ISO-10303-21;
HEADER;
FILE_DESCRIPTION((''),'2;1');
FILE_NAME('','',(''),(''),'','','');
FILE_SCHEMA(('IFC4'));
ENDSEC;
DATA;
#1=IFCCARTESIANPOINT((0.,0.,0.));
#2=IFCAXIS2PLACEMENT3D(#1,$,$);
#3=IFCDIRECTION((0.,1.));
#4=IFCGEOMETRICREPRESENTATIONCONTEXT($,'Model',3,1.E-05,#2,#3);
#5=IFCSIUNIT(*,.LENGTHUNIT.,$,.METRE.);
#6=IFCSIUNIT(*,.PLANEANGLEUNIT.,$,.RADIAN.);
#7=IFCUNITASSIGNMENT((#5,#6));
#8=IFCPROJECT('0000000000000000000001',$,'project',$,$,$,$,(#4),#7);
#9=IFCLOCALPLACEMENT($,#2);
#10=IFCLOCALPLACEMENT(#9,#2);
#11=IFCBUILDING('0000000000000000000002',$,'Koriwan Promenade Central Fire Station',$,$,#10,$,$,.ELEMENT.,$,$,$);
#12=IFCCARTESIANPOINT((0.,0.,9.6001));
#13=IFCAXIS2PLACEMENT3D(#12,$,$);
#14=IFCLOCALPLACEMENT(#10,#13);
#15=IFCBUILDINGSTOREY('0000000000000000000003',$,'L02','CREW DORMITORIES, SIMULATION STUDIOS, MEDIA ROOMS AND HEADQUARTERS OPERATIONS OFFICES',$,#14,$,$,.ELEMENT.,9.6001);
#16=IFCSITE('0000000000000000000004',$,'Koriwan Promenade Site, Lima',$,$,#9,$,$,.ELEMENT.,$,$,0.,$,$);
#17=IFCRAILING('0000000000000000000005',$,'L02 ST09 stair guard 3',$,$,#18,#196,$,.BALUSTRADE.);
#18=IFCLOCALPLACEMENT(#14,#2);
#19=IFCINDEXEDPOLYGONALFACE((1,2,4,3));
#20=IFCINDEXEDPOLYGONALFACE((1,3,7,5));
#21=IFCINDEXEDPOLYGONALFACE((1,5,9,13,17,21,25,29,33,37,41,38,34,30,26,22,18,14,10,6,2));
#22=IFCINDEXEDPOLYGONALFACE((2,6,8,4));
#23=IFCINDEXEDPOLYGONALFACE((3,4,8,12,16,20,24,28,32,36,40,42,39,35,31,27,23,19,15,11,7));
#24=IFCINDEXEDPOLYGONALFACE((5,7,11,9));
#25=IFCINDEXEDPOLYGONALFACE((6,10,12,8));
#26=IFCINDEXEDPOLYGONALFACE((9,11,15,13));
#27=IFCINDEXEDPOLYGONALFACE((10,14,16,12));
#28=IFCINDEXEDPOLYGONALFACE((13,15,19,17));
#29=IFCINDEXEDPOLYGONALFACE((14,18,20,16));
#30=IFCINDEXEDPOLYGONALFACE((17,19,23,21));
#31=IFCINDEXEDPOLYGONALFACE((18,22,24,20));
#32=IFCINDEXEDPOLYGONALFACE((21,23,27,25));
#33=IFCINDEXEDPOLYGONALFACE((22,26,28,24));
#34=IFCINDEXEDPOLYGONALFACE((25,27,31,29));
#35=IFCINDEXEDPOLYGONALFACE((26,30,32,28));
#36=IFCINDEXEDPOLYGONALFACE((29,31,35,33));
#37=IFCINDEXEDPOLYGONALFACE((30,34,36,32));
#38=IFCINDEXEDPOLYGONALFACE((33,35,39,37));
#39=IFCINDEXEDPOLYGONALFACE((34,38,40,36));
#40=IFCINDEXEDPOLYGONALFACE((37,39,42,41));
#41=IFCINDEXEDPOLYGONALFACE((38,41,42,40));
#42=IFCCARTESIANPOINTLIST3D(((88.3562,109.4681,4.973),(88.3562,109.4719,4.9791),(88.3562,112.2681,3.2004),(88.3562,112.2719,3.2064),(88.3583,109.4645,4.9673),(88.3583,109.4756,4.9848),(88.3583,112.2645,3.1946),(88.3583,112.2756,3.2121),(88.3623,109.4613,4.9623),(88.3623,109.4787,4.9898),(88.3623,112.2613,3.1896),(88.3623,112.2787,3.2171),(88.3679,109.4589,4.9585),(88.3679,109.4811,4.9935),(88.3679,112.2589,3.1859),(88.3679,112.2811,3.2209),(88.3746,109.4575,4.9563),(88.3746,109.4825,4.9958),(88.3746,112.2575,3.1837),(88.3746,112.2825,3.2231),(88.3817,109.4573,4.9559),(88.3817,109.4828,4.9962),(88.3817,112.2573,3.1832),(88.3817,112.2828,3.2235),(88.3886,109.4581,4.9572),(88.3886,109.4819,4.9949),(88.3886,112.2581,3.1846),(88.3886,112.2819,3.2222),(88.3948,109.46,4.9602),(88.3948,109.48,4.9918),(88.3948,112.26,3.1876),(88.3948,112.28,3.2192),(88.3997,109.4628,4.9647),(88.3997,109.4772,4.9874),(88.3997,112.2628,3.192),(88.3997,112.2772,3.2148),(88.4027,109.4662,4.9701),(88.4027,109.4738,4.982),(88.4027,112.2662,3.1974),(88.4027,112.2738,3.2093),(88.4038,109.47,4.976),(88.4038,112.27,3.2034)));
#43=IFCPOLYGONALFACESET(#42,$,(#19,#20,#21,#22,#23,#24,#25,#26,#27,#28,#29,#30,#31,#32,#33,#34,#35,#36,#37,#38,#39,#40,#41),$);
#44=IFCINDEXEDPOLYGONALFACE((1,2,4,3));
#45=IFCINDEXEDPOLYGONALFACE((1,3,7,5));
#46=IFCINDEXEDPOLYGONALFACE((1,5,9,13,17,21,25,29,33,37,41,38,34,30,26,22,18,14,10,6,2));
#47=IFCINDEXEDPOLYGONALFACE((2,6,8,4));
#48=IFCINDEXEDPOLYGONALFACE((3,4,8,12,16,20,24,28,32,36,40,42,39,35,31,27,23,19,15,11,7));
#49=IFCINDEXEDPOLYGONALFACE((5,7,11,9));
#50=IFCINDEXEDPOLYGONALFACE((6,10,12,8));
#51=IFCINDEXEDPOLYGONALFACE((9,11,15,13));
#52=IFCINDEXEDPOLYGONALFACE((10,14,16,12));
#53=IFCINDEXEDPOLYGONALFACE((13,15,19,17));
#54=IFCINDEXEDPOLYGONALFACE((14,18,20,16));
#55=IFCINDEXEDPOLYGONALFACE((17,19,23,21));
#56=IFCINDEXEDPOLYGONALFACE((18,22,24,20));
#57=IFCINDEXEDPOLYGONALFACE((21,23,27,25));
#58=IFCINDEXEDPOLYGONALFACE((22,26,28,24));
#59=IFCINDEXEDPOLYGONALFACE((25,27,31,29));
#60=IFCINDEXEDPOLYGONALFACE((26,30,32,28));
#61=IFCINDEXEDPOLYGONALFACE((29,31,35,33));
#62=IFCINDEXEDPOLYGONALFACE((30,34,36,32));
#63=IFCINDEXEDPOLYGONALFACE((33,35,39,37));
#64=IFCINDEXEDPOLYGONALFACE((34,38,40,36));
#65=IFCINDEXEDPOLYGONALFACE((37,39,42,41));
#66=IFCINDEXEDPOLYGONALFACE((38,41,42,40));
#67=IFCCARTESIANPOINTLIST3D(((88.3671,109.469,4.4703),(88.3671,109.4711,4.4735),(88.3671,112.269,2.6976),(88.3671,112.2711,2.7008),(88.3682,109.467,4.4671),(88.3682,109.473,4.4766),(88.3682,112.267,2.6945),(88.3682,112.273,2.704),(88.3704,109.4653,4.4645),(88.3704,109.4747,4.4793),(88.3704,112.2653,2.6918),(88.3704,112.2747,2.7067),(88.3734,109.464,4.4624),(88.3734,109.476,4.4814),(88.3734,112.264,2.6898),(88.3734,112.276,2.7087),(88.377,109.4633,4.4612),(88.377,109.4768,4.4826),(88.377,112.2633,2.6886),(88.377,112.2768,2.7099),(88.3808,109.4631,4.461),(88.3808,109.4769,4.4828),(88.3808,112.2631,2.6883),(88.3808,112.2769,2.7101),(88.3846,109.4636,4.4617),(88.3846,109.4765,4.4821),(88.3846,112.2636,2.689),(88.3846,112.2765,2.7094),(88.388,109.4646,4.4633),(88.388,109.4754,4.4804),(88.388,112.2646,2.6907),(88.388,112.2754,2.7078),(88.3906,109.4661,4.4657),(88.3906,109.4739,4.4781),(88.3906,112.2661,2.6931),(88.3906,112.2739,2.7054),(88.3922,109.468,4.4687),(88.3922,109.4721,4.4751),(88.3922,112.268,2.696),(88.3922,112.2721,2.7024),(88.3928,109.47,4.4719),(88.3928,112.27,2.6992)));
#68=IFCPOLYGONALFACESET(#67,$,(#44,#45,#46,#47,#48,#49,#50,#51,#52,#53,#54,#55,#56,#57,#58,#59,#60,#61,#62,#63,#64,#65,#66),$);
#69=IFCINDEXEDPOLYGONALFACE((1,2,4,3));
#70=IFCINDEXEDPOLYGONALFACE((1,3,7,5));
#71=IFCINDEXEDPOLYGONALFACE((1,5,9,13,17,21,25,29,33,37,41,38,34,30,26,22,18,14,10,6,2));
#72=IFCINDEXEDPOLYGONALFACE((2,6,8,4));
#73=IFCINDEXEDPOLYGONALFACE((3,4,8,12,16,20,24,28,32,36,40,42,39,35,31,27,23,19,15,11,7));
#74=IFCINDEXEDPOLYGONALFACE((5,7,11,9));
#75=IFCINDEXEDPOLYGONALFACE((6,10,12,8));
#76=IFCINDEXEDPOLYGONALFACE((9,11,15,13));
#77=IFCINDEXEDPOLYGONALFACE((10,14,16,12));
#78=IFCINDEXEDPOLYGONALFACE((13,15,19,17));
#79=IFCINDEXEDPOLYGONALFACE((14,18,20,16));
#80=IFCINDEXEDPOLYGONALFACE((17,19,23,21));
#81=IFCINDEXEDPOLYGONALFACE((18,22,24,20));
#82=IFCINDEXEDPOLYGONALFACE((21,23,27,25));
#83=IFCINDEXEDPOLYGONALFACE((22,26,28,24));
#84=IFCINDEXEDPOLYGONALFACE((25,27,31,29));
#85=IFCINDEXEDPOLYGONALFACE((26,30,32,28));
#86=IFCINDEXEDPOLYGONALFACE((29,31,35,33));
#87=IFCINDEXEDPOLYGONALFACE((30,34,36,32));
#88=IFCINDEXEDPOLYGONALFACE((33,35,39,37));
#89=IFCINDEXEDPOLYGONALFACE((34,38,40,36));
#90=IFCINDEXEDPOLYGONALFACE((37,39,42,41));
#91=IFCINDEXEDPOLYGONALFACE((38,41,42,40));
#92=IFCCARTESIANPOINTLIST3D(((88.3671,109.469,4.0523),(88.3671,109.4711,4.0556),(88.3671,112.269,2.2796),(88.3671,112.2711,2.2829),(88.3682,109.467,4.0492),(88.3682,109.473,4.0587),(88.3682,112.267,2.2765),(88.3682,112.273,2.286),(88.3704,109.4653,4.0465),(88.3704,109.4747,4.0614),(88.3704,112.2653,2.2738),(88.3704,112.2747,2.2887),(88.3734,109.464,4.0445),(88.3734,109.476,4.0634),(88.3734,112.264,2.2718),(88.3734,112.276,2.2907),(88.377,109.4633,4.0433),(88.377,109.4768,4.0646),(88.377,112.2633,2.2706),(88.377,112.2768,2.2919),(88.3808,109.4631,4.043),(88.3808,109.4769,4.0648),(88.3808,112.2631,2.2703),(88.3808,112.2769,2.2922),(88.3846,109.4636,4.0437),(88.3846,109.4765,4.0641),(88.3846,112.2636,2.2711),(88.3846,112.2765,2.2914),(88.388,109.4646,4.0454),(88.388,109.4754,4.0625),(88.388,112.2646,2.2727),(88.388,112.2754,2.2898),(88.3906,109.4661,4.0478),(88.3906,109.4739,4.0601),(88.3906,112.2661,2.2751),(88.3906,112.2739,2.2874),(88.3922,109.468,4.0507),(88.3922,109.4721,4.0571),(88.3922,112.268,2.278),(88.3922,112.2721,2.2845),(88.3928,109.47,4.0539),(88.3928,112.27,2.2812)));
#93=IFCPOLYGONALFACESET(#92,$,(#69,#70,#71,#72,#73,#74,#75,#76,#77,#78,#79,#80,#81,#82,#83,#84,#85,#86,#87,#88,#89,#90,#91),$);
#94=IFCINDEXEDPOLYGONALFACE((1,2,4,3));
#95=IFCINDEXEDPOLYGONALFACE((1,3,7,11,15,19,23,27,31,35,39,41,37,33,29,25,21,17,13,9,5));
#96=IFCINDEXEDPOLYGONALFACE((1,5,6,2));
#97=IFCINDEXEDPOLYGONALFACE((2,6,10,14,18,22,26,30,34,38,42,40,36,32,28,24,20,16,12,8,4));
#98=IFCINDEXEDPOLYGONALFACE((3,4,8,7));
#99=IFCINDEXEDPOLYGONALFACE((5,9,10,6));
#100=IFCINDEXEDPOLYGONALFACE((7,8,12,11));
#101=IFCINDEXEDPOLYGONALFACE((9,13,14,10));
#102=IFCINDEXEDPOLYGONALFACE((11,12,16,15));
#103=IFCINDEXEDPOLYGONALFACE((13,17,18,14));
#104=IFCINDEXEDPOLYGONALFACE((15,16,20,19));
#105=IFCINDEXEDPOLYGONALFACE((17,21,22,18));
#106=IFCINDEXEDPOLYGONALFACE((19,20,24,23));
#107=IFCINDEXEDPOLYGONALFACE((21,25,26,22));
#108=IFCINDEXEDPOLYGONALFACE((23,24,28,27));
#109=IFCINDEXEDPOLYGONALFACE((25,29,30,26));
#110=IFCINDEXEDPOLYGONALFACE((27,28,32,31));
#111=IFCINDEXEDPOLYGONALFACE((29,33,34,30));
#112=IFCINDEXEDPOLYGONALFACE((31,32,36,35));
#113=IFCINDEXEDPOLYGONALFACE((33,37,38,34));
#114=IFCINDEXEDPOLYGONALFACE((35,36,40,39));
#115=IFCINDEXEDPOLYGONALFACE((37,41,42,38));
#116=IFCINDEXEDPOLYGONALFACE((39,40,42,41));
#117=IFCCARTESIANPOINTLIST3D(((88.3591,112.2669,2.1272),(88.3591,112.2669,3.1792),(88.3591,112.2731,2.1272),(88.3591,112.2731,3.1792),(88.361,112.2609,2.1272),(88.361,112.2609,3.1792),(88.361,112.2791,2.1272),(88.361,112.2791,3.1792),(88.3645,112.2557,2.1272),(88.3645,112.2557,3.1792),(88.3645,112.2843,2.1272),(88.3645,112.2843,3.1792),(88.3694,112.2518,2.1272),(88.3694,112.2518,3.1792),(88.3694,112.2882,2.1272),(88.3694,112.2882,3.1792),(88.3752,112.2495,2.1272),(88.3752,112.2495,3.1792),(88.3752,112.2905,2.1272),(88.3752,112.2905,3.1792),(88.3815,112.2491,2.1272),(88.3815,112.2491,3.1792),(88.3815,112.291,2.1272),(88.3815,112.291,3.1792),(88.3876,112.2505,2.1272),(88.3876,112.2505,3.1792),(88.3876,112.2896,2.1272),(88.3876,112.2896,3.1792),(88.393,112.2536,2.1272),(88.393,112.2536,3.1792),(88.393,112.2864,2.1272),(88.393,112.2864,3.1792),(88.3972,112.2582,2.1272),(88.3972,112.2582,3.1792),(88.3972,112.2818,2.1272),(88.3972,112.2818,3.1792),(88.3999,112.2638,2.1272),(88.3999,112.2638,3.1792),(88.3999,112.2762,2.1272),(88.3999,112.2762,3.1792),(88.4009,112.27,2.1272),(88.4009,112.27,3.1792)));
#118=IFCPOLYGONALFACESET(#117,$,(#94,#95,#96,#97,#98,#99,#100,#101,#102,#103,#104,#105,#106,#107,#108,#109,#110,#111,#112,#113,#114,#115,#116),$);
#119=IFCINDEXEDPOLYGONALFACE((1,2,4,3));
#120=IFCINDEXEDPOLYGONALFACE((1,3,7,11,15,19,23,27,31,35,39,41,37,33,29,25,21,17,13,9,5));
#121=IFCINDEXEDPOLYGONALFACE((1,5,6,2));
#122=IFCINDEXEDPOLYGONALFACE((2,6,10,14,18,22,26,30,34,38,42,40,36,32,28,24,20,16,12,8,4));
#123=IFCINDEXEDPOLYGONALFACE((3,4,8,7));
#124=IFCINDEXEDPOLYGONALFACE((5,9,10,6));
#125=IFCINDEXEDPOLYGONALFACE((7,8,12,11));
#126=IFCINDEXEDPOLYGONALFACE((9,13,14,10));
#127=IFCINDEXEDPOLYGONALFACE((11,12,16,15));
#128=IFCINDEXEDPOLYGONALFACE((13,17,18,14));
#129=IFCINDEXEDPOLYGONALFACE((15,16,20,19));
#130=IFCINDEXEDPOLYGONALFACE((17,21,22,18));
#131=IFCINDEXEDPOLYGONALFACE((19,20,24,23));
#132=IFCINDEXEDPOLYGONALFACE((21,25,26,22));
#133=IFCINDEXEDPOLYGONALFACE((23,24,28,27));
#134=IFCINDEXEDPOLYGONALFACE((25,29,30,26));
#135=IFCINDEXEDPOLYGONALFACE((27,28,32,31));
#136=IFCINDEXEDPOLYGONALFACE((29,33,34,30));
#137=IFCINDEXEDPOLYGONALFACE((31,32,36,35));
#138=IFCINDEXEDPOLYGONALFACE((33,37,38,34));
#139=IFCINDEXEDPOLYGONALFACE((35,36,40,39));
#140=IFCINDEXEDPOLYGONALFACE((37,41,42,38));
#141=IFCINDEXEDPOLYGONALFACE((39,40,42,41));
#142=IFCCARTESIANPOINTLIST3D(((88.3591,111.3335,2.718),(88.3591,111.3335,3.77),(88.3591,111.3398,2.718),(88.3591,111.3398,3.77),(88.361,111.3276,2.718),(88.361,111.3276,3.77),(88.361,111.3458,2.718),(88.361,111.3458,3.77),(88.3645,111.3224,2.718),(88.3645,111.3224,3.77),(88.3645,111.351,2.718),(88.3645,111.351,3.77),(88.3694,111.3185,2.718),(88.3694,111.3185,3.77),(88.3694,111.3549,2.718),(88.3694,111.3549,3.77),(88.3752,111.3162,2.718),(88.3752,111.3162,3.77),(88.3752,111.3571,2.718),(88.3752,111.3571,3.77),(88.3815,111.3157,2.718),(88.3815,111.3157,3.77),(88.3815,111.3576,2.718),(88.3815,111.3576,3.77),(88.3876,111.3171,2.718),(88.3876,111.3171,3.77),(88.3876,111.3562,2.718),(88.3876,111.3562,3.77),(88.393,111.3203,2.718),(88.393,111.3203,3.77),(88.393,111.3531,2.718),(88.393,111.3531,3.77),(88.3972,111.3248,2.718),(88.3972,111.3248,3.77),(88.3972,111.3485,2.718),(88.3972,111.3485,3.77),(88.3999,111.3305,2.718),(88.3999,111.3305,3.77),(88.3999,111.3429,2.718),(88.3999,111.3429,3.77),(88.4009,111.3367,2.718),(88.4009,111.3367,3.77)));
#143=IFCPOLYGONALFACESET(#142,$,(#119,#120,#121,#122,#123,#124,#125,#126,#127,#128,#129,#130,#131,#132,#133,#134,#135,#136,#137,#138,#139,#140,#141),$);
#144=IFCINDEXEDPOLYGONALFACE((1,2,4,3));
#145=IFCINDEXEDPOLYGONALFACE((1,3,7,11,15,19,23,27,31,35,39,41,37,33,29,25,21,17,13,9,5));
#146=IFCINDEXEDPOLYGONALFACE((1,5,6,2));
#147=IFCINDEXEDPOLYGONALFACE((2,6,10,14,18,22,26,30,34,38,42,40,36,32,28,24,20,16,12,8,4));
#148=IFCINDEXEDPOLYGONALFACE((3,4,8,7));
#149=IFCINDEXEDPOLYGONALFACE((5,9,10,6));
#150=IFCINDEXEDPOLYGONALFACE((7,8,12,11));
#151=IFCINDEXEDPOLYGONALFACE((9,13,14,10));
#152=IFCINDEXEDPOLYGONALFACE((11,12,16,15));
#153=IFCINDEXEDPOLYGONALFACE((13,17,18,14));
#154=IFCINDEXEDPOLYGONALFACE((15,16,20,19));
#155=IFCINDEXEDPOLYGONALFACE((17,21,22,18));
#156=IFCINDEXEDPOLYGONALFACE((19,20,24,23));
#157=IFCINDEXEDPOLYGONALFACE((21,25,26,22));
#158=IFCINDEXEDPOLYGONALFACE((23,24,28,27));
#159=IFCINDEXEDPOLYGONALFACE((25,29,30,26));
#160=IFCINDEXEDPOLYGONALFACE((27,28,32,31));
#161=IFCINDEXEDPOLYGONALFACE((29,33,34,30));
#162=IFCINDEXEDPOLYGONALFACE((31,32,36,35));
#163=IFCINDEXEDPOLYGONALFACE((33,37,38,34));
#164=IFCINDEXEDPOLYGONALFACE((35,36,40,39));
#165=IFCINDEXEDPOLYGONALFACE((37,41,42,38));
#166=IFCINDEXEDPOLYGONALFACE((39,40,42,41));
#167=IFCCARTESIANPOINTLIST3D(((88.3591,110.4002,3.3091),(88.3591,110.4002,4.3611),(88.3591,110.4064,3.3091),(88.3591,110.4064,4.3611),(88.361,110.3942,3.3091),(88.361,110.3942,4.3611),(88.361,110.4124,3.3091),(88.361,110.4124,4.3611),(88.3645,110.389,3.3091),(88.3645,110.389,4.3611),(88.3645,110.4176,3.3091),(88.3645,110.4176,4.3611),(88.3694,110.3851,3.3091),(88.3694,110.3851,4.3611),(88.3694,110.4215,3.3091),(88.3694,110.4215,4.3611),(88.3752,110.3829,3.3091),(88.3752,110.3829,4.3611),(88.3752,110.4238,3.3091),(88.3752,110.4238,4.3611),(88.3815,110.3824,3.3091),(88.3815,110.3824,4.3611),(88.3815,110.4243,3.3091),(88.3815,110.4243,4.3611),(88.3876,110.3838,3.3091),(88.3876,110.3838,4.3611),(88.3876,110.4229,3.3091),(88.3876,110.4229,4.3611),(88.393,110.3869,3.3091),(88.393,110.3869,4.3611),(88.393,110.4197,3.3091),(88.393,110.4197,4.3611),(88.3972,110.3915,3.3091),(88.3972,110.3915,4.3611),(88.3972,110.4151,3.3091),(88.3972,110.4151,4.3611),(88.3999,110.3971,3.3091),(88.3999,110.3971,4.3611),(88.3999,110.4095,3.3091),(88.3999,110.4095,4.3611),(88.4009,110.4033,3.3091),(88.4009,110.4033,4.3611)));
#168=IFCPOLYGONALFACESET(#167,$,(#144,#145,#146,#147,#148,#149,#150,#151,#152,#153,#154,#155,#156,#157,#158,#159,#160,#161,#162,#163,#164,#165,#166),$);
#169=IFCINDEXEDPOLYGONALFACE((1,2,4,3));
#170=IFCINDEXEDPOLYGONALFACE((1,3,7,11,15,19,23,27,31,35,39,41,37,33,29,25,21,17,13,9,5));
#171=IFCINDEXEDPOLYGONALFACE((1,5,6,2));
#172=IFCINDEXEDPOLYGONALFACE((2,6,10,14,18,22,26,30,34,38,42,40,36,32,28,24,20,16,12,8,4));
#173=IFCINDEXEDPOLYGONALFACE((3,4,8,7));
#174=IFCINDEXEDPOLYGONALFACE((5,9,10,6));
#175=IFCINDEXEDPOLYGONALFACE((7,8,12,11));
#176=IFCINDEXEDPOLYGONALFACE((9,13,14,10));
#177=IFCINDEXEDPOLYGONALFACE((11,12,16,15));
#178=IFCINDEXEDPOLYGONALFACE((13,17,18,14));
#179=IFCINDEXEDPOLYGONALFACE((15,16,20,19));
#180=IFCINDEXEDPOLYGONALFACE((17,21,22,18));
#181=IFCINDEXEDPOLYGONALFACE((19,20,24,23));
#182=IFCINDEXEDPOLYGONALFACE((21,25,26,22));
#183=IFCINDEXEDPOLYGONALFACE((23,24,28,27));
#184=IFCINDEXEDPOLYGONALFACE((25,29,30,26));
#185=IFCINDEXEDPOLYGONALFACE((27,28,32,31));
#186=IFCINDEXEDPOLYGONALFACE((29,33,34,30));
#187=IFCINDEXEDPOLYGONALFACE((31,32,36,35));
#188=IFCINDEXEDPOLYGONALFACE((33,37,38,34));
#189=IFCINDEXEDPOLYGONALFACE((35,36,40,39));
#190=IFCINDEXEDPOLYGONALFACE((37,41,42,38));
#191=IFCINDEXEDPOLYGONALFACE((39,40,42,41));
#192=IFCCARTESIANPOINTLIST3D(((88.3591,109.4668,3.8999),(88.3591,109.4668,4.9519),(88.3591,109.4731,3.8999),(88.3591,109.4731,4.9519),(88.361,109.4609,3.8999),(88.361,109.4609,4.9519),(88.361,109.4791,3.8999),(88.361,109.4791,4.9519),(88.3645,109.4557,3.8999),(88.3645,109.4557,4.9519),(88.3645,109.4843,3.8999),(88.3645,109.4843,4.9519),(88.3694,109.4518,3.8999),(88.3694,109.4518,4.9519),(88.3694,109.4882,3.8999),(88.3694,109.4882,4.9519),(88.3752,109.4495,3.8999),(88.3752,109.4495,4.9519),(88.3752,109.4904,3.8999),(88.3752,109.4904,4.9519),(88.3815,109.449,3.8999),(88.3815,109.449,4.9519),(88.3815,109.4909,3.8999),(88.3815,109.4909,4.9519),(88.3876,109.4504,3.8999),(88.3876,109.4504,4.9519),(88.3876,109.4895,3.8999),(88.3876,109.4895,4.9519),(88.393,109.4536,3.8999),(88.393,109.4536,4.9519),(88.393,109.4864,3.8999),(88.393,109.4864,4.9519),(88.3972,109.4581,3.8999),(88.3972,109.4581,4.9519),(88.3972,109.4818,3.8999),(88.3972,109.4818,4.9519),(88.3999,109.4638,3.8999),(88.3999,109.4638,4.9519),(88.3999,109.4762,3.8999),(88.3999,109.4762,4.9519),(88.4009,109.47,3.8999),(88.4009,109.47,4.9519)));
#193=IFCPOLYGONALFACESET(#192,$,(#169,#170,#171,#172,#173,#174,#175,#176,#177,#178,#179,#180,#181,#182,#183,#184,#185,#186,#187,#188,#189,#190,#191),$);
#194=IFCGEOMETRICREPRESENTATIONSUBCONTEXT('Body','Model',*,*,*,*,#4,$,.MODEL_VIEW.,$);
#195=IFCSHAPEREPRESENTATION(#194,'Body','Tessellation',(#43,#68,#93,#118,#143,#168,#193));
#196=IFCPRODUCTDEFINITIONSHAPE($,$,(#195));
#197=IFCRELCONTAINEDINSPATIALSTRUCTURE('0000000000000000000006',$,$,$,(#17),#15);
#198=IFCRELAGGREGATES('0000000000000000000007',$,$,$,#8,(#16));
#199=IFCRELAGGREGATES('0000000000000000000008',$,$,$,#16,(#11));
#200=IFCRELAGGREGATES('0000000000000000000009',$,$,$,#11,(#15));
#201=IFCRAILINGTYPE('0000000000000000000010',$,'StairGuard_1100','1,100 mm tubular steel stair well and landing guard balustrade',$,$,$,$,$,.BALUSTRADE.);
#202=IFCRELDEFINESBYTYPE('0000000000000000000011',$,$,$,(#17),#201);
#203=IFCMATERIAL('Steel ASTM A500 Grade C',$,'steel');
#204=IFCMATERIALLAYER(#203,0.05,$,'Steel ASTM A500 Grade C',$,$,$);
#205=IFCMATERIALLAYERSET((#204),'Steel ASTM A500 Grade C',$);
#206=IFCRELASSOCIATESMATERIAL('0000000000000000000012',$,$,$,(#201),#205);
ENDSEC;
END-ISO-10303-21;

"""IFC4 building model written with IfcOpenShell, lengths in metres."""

from ifc_helpers import new_model, si_unit, direction, frame, origin, origin_2d, place, context, subcontext, project, spatial, circle, extrude, material, layer, layer_set, type_object, element, save


model = new_model("IFC4")

# Units and contexts
model_context = context("Model", 3, precision=1e-05, world=origin(), true_north=direction((0.0, 1.0)))
body_context = subcontext(model_context, "Body", "Model", "MODEL_VIEW")
ifc_project = project(units=[si_unit("LENGTHUNIT", "METRE"), si_unit("PLANEANGLEUNIT", "RADIAN")], contexts=[model_context])

# Site, building, storey
site_placement = place(None, origin())
site = spatial("IfcSite", under=ifc_project, at=site_placement, Name="Koriwan Promenade Site, Lima", CompositionType="ELEMENT", RefElevation=0.0)
building_placement = place(site_placement, origin())
building = spatial("IfcBuilding", under=site, at=building_placement, Name="Koriwan Promenade Central Fire Station", CompositionType="ELEMENT")
storey_placement = place(building_placement, frame((0.0, 0.0, 9.6001)))
storey = spatial("IfcBuildingStorey", under=building, at=storey_placement, Name="L02", Description="CREW DORMITORIES, SIMULATION STUDIOS, MEDIA ROOMS AND HEADQUARTERS OPERATIONS OFFICES", CompositionType="ELEMENT", Elevation=9.6001)

# Railing
ifc_material_1 = material(Name="Steel ASTM A500 Grade C", Category="steel")
ifc_layer_1 = layer(ifc_material_1, 0.05, Name="Steel ASTM A500 Grade C")
ifc_layer_set_1 = layer_set([ifc_layer_1], Name="Steel ASTM A500 Grade C")
railing_type_1 = type_object("IfcRailingType", Name="StairGuard_1100", Description="1,100 mm tubular steel stair well and landing guard balustrade", PredefinedType="BALUSTRADE", material=ifc_layer_set_1)
railing_1_placement = place(storey_placement, frame((88.3799, 112.27, 2.1272)))
element("IfcRailing", 1, at=railing_1_placement, inside=storey, type_object=railing_type_1, Name="L02 ST09 stair guard 3", PredefinedType="BALUSTRADE", context=body_context, shape_type="SweptSolid", body=[
    extrude(circle(Radius=0.0239, at=origin_2d()), frame((0.0, 0.0, 1.0762), z_axis=(0.0, -0.844909, 0.53491), x_axis=(1.0, 0.0, 0.0)), (0.0, 0.0, 1.0), 3.314),
    extrude(circle(Radius=0.0129, at=origin_2d()), frame((0.0, 0.0, 0.572), z_axis=(0.0, -0.844909, 0.53491), x_axis=(1.0, 0.0, 0.0)), (0.0, 0.0, 1.0), 3.314),
    extrude(circle(Radius=0.0129, at=origin_2d()), frame((0.0, 0.0, 0.1541), z_axis=(0.0, -0.844909, 0.53491), x_axis=(1.0, 0.0, 0.0)), (0.0, 0.0, 1.0), 3.314),
    extrude(circle(Radius=0.021, at=origin_2d()), origin(), (0.0, 0.0, 1.0), 1.052),
    extrude(circle(Radius=0.021, at=origin_2d()), frame((0.0, -0.9333, 0.5908)), (0.0, 0.0, 1.0), 1.052),
    extrude(circle(Radius=0.021, at=origin_2d()), frame((0.0, -1.8667, 1.1819)), (0.0, 0.0, 1.0), 1.052),
    extrude(circle(Radius=0.021, at=origin_2d()), frame((0.0, -2.8, 1.7727)), (0.0, 0.0, 1.0), 1.052),
])

save(model, "model.ifc")
